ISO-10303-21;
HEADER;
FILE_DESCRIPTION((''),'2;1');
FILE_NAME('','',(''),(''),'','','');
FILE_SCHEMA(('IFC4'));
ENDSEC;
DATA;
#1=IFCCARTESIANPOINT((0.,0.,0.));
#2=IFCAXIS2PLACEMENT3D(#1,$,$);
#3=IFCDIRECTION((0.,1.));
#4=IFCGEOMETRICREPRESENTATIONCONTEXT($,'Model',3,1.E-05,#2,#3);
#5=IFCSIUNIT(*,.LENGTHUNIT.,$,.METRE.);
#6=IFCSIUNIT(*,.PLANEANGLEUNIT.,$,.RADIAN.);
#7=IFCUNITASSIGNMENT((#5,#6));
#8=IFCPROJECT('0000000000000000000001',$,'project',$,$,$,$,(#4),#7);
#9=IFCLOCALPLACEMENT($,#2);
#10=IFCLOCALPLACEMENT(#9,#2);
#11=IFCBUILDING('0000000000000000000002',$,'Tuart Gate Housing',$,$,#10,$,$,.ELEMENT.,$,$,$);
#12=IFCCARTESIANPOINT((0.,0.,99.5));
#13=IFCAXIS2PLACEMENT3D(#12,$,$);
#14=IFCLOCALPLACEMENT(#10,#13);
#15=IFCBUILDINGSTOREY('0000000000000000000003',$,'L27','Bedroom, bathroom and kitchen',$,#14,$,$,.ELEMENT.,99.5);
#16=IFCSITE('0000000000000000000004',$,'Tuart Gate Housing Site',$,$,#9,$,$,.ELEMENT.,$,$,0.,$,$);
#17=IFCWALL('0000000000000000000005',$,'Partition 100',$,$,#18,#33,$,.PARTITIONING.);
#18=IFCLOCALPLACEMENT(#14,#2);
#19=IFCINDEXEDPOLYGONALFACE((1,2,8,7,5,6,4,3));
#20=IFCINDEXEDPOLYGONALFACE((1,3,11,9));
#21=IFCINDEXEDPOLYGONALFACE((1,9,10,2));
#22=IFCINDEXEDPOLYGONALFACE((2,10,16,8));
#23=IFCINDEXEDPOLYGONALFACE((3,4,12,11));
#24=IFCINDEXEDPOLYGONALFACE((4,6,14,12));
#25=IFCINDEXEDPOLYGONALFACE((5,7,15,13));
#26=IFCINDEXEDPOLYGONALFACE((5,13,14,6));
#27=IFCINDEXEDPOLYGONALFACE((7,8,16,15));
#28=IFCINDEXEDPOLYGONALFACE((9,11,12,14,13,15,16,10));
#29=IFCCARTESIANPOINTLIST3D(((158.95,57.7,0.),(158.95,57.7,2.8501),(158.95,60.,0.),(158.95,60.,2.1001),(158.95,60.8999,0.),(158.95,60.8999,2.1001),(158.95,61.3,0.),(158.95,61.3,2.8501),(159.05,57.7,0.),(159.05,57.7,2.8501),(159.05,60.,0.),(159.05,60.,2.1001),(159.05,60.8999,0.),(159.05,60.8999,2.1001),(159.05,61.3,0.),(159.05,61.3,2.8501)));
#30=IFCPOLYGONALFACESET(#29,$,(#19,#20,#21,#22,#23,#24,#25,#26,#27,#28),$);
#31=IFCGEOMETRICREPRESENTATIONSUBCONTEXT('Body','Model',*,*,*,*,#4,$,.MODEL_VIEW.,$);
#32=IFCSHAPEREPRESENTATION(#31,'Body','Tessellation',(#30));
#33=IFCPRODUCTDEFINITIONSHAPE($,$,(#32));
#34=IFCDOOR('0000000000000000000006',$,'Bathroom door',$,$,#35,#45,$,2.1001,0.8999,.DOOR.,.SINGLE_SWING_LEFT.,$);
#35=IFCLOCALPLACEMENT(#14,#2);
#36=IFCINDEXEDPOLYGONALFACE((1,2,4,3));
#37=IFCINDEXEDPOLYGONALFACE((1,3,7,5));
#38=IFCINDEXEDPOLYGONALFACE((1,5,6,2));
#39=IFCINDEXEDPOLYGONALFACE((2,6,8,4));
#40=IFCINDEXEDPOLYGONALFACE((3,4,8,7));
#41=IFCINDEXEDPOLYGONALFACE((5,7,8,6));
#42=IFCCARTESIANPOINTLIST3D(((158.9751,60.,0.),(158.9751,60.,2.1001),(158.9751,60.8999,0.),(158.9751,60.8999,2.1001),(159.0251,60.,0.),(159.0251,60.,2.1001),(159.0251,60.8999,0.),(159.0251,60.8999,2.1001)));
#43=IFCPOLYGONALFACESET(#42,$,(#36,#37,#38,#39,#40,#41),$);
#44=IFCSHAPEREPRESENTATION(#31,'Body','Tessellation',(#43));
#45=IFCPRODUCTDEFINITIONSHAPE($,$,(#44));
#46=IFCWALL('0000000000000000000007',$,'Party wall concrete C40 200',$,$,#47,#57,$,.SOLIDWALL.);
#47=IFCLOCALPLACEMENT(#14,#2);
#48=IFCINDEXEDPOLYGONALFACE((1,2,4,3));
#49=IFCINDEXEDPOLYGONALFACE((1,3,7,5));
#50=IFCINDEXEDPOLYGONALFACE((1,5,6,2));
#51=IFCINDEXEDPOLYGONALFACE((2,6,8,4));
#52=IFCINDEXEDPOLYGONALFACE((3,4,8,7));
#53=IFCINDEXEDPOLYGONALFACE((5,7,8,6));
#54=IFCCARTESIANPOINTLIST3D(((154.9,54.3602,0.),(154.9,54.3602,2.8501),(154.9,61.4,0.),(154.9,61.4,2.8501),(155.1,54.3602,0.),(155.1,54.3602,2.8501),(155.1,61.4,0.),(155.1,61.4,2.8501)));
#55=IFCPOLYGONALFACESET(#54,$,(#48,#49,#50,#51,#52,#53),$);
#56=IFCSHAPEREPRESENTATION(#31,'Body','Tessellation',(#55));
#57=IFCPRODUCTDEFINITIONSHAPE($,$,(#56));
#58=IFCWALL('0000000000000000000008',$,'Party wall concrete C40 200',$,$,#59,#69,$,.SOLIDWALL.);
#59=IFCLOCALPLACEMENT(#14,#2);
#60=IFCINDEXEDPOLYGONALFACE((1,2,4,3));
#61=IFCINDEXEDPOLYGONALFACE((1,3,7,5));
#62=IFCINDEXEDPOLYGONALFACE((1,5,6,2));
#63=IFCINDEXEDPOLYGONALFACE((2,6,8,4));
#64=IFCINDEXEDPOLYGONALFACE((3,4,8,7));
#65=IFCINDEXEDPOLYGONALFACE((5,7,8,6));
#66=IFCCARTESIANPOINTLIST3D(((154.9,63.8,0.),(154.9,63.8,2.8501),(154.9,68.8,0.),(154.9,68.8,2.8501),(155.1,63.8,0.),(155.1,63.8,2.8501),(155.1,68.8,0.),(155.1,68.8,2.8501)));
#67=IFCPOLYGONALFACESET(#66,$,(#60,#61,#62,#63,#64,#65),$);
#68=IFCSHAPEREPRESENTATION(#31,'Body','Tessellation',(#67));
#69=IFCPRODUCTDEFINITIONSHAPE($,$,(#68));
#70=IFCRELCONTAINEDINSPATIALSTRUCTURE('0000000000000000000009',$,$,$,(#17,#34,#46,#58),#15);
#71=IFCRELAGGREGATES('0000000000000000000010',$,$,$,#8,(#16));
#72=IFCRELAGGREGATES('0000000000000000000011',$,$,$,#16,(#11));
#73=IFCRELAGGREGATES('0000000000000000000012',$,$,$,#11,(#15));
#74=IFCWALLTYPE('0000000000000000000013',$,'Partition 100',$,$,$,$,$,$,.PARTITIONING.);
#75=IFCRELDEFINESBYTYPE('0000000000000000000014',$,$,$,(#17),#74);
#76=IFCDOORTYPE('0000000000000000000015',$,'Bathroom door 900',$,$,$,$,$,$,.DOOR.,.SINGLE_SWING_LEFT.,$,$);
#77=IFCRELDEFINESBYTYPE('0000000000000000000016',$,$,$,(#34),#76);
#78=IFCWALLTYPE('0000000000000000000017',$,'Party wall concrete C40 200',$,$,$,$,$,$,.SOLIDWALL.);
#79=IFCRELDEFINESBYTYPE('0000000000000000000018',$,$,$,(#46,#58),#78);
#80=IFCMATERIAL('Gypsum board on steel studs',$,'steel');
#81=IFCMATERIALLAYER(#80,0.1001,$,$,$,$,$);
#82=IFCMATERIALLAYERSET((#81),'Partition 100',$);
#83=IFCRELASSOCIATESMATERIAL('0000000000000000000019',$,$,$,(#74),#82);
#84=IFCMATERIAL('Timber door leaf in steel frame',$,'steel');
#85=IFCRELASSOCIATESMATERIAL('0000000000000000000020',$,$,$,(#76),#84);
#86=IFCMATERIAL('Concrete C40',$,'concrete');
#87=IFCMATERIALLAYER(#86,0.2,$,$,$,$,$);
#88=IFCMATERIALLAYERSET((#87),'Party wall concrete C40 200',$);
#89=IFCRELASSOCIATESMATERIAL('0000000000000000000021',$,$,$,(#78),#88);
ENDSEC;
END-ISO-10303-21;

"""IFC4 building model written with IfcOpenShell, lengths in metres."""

from ifc_helpers import new_model, si_unit, direction, frame, frame_2d, origin, place, context, subcontext, project, spatial, rectangle, extrude, material, layer, layer_set, type_object, element, fill, save


model = new_model("IFC4")

# Units and contexts
model_context = context("Model", 3, precision=1e-05, world=origin(), true_north=direction((0.0, 1.0)))
body_context = subcontext(model_context, "Body", "Model", "MODEL_VIEW")
ifc_project = project(units=[si_unit("LENGTHUNIT", "METRE"), si_unit("PLANEANGLEUNIT", "RADIAN")], contexts=[model_context])

# Site, building, storey
site_placement = place(None, origin())
site = spatial("IfcSite", under=ifc_project, at=site_placement, Name="Tuart Gate Housing Site", CompositionType="ELEMENT", RefElevation=0.0)
building_placement = place(site_placement, origin())
building = spatial("IfcBuilding", under=site, at=building_placement, Name="Tuart Gate Housing", CompositionType="ELEMENT")
storey_placement = place(building_placement, frame((0.0, 0.0, 99.5)))
storey = spatial("IfcBuildingStorey", under=building, at=storey_placement, Name="L27", Description="Bedroom, bathroom and kitchen", CompositionType="ELEMENT", Elevation=99.5)

# Shared definitions
ifc_material_1 = material(Name="Gypsum board on steel studs", Category="steel")
ifc_layer_1 = layer(ifc_material_1, 0.1001)
ifc_layer_set_1 = layer_set([ifc_layer_1], Name="Partition 100")
wall_type_1 = type_object("IfcWallType", Name="Partition 100", PredefinedType="PARTITIONING", material=ifc_layer_set_1)

# Shared definitions
ifc_material_2 = material(Name="Timber door leaf in steel frame", Category="steel")
door_type_1 = type_object("IfcDoorType", Name="Bathroom door 900", OperationType="SINGLE_SWING_LEFT", PredefinedType="DOOR", material=ifc_material_2)

# Wall, opening, door
wall_1_placement = place(storey_placement, frame((159.0, 57.7, 0.0), z_axis=(0.0, 0.0, 1.0), x_axis=(0.0, 1.0, 0.0)))
wall_1 = element("IfcWall", 1, at=wall_1_placement, inside=storey, type_object=wall_type_1, Name="Partition 100", PredefinedType="PARTITIONING", context=body_context, shape_type="SweptSolid", body=[
    extrude(rectangle(XDim=3.6001, YDim=0.1001, at=frame_2d((1.8, 0.0))), origin(), (0.0, 0.0, 1.0), 2.8501),
])
opening_1_placement = place(wall_1_placement, frame((2.3, 0.0, 0.0)))
opening_1 = element("IfcOpeningElement", 2, at=opening_1_placement, cuts=wall_1, PredefinedType="OPENING", context=body_context, shape_type="SweptSolid", body=[
    extrude(rectangle(XDim=0.8999, YDim=2.1001, at=frame_2d((0.45, 1.05))), frame((0.0, 0.0601, 0.0), z_axis=(0.0, -1.0, 0.0), x_axis=(1.0, 0.0, 0.0)), (0.0, 0.0, 1.0), 0.1201),
])
door_1_placement = place(opening_1_placement, frame((0.8999, 0.0, 0.0), z_axis=(0.0, 0.0, 1.0), x_axis=(-1.0, 0.0, 0.0)))
door_1 = element("IfcDoor", 3, at=door_1_placement, inside=storey, type_object=door_type_1, Name="Bathroom door", OperationType="SINGLE_SWING_LEFT", OverallHeight=2.1001, OverallWidth=0.8999, PredefinedType="DOOR", context=body_context, shape_type="SweptSolid", body=[
    extrude(rectangle(XDim=0.8999, YDim=2.1001, at=frame_2d((0.45, 1.05))), frame((0.0, 0.0251, 0.0), z_axis=(0.0, -1.0, 0.0), x_axis=(1.0, 0.0, 0.0)), (0.0, 0.0, 1.0), 0.05),
])
fill(opening_1, door_1)

# Walls
ifc_material_3 = material(Name="Concrete C40", Category="concrete")
ifc_layer_2 = layer(ifc_material_3, 0.2)
ifc_layer_set_2 = layer_set([ifc_layer_2], Name="Party wall concrete C40 200")
wall_type_2 = type_object("IfcWallType", Name="Party wall concrete C40 200", PredefinedType="SOLIDWALL", material=ifc_layer_set_2)
wall_2_placement = place(storey_placement, frame((155.0, 54.3601, 0.0), z_axis=(0.0, 0.0, 1.0), x_axis=(0.0, 1.0, 0.0)))
element("IfcWall", 4, at=wall_2_placement, inside=storey, type_object=wall_type_2, Name="Party wall concrete C40 200", PredefinedType="SOLIDWALL", context=body_context, shape_type="SweptSolid", body=[
    extrude(rectangle(XDim=7.0398, YDim=0.2, at=frame_2d((3.52, 0.0))), origin(), (0.0, 0.0, 1.0), 2.8501),
])
wall_3_placement = place(storey_placement, frame((155.0, 63.8, 0.0), z_axis=(0.0, 0.0, 1.0), x_axis=(0.0, 1.0, 0.0)))
element("IfcWall", 5, at=wall_3_placement, inside=storey, type_object=wall_type_2, Name="Party wall concrete C40 200", PredefinedType="SOLIDWALL", context=body_context, shape_type="SweptSolid", body=[
    extrude(rectangle(XDim=5.0, YDim=0.2, at=frame_2d((2.5, 0.0))), origin(), (0.0, 0.0, 1.0), 2.8501),
])

save(model, "model.ifc")
